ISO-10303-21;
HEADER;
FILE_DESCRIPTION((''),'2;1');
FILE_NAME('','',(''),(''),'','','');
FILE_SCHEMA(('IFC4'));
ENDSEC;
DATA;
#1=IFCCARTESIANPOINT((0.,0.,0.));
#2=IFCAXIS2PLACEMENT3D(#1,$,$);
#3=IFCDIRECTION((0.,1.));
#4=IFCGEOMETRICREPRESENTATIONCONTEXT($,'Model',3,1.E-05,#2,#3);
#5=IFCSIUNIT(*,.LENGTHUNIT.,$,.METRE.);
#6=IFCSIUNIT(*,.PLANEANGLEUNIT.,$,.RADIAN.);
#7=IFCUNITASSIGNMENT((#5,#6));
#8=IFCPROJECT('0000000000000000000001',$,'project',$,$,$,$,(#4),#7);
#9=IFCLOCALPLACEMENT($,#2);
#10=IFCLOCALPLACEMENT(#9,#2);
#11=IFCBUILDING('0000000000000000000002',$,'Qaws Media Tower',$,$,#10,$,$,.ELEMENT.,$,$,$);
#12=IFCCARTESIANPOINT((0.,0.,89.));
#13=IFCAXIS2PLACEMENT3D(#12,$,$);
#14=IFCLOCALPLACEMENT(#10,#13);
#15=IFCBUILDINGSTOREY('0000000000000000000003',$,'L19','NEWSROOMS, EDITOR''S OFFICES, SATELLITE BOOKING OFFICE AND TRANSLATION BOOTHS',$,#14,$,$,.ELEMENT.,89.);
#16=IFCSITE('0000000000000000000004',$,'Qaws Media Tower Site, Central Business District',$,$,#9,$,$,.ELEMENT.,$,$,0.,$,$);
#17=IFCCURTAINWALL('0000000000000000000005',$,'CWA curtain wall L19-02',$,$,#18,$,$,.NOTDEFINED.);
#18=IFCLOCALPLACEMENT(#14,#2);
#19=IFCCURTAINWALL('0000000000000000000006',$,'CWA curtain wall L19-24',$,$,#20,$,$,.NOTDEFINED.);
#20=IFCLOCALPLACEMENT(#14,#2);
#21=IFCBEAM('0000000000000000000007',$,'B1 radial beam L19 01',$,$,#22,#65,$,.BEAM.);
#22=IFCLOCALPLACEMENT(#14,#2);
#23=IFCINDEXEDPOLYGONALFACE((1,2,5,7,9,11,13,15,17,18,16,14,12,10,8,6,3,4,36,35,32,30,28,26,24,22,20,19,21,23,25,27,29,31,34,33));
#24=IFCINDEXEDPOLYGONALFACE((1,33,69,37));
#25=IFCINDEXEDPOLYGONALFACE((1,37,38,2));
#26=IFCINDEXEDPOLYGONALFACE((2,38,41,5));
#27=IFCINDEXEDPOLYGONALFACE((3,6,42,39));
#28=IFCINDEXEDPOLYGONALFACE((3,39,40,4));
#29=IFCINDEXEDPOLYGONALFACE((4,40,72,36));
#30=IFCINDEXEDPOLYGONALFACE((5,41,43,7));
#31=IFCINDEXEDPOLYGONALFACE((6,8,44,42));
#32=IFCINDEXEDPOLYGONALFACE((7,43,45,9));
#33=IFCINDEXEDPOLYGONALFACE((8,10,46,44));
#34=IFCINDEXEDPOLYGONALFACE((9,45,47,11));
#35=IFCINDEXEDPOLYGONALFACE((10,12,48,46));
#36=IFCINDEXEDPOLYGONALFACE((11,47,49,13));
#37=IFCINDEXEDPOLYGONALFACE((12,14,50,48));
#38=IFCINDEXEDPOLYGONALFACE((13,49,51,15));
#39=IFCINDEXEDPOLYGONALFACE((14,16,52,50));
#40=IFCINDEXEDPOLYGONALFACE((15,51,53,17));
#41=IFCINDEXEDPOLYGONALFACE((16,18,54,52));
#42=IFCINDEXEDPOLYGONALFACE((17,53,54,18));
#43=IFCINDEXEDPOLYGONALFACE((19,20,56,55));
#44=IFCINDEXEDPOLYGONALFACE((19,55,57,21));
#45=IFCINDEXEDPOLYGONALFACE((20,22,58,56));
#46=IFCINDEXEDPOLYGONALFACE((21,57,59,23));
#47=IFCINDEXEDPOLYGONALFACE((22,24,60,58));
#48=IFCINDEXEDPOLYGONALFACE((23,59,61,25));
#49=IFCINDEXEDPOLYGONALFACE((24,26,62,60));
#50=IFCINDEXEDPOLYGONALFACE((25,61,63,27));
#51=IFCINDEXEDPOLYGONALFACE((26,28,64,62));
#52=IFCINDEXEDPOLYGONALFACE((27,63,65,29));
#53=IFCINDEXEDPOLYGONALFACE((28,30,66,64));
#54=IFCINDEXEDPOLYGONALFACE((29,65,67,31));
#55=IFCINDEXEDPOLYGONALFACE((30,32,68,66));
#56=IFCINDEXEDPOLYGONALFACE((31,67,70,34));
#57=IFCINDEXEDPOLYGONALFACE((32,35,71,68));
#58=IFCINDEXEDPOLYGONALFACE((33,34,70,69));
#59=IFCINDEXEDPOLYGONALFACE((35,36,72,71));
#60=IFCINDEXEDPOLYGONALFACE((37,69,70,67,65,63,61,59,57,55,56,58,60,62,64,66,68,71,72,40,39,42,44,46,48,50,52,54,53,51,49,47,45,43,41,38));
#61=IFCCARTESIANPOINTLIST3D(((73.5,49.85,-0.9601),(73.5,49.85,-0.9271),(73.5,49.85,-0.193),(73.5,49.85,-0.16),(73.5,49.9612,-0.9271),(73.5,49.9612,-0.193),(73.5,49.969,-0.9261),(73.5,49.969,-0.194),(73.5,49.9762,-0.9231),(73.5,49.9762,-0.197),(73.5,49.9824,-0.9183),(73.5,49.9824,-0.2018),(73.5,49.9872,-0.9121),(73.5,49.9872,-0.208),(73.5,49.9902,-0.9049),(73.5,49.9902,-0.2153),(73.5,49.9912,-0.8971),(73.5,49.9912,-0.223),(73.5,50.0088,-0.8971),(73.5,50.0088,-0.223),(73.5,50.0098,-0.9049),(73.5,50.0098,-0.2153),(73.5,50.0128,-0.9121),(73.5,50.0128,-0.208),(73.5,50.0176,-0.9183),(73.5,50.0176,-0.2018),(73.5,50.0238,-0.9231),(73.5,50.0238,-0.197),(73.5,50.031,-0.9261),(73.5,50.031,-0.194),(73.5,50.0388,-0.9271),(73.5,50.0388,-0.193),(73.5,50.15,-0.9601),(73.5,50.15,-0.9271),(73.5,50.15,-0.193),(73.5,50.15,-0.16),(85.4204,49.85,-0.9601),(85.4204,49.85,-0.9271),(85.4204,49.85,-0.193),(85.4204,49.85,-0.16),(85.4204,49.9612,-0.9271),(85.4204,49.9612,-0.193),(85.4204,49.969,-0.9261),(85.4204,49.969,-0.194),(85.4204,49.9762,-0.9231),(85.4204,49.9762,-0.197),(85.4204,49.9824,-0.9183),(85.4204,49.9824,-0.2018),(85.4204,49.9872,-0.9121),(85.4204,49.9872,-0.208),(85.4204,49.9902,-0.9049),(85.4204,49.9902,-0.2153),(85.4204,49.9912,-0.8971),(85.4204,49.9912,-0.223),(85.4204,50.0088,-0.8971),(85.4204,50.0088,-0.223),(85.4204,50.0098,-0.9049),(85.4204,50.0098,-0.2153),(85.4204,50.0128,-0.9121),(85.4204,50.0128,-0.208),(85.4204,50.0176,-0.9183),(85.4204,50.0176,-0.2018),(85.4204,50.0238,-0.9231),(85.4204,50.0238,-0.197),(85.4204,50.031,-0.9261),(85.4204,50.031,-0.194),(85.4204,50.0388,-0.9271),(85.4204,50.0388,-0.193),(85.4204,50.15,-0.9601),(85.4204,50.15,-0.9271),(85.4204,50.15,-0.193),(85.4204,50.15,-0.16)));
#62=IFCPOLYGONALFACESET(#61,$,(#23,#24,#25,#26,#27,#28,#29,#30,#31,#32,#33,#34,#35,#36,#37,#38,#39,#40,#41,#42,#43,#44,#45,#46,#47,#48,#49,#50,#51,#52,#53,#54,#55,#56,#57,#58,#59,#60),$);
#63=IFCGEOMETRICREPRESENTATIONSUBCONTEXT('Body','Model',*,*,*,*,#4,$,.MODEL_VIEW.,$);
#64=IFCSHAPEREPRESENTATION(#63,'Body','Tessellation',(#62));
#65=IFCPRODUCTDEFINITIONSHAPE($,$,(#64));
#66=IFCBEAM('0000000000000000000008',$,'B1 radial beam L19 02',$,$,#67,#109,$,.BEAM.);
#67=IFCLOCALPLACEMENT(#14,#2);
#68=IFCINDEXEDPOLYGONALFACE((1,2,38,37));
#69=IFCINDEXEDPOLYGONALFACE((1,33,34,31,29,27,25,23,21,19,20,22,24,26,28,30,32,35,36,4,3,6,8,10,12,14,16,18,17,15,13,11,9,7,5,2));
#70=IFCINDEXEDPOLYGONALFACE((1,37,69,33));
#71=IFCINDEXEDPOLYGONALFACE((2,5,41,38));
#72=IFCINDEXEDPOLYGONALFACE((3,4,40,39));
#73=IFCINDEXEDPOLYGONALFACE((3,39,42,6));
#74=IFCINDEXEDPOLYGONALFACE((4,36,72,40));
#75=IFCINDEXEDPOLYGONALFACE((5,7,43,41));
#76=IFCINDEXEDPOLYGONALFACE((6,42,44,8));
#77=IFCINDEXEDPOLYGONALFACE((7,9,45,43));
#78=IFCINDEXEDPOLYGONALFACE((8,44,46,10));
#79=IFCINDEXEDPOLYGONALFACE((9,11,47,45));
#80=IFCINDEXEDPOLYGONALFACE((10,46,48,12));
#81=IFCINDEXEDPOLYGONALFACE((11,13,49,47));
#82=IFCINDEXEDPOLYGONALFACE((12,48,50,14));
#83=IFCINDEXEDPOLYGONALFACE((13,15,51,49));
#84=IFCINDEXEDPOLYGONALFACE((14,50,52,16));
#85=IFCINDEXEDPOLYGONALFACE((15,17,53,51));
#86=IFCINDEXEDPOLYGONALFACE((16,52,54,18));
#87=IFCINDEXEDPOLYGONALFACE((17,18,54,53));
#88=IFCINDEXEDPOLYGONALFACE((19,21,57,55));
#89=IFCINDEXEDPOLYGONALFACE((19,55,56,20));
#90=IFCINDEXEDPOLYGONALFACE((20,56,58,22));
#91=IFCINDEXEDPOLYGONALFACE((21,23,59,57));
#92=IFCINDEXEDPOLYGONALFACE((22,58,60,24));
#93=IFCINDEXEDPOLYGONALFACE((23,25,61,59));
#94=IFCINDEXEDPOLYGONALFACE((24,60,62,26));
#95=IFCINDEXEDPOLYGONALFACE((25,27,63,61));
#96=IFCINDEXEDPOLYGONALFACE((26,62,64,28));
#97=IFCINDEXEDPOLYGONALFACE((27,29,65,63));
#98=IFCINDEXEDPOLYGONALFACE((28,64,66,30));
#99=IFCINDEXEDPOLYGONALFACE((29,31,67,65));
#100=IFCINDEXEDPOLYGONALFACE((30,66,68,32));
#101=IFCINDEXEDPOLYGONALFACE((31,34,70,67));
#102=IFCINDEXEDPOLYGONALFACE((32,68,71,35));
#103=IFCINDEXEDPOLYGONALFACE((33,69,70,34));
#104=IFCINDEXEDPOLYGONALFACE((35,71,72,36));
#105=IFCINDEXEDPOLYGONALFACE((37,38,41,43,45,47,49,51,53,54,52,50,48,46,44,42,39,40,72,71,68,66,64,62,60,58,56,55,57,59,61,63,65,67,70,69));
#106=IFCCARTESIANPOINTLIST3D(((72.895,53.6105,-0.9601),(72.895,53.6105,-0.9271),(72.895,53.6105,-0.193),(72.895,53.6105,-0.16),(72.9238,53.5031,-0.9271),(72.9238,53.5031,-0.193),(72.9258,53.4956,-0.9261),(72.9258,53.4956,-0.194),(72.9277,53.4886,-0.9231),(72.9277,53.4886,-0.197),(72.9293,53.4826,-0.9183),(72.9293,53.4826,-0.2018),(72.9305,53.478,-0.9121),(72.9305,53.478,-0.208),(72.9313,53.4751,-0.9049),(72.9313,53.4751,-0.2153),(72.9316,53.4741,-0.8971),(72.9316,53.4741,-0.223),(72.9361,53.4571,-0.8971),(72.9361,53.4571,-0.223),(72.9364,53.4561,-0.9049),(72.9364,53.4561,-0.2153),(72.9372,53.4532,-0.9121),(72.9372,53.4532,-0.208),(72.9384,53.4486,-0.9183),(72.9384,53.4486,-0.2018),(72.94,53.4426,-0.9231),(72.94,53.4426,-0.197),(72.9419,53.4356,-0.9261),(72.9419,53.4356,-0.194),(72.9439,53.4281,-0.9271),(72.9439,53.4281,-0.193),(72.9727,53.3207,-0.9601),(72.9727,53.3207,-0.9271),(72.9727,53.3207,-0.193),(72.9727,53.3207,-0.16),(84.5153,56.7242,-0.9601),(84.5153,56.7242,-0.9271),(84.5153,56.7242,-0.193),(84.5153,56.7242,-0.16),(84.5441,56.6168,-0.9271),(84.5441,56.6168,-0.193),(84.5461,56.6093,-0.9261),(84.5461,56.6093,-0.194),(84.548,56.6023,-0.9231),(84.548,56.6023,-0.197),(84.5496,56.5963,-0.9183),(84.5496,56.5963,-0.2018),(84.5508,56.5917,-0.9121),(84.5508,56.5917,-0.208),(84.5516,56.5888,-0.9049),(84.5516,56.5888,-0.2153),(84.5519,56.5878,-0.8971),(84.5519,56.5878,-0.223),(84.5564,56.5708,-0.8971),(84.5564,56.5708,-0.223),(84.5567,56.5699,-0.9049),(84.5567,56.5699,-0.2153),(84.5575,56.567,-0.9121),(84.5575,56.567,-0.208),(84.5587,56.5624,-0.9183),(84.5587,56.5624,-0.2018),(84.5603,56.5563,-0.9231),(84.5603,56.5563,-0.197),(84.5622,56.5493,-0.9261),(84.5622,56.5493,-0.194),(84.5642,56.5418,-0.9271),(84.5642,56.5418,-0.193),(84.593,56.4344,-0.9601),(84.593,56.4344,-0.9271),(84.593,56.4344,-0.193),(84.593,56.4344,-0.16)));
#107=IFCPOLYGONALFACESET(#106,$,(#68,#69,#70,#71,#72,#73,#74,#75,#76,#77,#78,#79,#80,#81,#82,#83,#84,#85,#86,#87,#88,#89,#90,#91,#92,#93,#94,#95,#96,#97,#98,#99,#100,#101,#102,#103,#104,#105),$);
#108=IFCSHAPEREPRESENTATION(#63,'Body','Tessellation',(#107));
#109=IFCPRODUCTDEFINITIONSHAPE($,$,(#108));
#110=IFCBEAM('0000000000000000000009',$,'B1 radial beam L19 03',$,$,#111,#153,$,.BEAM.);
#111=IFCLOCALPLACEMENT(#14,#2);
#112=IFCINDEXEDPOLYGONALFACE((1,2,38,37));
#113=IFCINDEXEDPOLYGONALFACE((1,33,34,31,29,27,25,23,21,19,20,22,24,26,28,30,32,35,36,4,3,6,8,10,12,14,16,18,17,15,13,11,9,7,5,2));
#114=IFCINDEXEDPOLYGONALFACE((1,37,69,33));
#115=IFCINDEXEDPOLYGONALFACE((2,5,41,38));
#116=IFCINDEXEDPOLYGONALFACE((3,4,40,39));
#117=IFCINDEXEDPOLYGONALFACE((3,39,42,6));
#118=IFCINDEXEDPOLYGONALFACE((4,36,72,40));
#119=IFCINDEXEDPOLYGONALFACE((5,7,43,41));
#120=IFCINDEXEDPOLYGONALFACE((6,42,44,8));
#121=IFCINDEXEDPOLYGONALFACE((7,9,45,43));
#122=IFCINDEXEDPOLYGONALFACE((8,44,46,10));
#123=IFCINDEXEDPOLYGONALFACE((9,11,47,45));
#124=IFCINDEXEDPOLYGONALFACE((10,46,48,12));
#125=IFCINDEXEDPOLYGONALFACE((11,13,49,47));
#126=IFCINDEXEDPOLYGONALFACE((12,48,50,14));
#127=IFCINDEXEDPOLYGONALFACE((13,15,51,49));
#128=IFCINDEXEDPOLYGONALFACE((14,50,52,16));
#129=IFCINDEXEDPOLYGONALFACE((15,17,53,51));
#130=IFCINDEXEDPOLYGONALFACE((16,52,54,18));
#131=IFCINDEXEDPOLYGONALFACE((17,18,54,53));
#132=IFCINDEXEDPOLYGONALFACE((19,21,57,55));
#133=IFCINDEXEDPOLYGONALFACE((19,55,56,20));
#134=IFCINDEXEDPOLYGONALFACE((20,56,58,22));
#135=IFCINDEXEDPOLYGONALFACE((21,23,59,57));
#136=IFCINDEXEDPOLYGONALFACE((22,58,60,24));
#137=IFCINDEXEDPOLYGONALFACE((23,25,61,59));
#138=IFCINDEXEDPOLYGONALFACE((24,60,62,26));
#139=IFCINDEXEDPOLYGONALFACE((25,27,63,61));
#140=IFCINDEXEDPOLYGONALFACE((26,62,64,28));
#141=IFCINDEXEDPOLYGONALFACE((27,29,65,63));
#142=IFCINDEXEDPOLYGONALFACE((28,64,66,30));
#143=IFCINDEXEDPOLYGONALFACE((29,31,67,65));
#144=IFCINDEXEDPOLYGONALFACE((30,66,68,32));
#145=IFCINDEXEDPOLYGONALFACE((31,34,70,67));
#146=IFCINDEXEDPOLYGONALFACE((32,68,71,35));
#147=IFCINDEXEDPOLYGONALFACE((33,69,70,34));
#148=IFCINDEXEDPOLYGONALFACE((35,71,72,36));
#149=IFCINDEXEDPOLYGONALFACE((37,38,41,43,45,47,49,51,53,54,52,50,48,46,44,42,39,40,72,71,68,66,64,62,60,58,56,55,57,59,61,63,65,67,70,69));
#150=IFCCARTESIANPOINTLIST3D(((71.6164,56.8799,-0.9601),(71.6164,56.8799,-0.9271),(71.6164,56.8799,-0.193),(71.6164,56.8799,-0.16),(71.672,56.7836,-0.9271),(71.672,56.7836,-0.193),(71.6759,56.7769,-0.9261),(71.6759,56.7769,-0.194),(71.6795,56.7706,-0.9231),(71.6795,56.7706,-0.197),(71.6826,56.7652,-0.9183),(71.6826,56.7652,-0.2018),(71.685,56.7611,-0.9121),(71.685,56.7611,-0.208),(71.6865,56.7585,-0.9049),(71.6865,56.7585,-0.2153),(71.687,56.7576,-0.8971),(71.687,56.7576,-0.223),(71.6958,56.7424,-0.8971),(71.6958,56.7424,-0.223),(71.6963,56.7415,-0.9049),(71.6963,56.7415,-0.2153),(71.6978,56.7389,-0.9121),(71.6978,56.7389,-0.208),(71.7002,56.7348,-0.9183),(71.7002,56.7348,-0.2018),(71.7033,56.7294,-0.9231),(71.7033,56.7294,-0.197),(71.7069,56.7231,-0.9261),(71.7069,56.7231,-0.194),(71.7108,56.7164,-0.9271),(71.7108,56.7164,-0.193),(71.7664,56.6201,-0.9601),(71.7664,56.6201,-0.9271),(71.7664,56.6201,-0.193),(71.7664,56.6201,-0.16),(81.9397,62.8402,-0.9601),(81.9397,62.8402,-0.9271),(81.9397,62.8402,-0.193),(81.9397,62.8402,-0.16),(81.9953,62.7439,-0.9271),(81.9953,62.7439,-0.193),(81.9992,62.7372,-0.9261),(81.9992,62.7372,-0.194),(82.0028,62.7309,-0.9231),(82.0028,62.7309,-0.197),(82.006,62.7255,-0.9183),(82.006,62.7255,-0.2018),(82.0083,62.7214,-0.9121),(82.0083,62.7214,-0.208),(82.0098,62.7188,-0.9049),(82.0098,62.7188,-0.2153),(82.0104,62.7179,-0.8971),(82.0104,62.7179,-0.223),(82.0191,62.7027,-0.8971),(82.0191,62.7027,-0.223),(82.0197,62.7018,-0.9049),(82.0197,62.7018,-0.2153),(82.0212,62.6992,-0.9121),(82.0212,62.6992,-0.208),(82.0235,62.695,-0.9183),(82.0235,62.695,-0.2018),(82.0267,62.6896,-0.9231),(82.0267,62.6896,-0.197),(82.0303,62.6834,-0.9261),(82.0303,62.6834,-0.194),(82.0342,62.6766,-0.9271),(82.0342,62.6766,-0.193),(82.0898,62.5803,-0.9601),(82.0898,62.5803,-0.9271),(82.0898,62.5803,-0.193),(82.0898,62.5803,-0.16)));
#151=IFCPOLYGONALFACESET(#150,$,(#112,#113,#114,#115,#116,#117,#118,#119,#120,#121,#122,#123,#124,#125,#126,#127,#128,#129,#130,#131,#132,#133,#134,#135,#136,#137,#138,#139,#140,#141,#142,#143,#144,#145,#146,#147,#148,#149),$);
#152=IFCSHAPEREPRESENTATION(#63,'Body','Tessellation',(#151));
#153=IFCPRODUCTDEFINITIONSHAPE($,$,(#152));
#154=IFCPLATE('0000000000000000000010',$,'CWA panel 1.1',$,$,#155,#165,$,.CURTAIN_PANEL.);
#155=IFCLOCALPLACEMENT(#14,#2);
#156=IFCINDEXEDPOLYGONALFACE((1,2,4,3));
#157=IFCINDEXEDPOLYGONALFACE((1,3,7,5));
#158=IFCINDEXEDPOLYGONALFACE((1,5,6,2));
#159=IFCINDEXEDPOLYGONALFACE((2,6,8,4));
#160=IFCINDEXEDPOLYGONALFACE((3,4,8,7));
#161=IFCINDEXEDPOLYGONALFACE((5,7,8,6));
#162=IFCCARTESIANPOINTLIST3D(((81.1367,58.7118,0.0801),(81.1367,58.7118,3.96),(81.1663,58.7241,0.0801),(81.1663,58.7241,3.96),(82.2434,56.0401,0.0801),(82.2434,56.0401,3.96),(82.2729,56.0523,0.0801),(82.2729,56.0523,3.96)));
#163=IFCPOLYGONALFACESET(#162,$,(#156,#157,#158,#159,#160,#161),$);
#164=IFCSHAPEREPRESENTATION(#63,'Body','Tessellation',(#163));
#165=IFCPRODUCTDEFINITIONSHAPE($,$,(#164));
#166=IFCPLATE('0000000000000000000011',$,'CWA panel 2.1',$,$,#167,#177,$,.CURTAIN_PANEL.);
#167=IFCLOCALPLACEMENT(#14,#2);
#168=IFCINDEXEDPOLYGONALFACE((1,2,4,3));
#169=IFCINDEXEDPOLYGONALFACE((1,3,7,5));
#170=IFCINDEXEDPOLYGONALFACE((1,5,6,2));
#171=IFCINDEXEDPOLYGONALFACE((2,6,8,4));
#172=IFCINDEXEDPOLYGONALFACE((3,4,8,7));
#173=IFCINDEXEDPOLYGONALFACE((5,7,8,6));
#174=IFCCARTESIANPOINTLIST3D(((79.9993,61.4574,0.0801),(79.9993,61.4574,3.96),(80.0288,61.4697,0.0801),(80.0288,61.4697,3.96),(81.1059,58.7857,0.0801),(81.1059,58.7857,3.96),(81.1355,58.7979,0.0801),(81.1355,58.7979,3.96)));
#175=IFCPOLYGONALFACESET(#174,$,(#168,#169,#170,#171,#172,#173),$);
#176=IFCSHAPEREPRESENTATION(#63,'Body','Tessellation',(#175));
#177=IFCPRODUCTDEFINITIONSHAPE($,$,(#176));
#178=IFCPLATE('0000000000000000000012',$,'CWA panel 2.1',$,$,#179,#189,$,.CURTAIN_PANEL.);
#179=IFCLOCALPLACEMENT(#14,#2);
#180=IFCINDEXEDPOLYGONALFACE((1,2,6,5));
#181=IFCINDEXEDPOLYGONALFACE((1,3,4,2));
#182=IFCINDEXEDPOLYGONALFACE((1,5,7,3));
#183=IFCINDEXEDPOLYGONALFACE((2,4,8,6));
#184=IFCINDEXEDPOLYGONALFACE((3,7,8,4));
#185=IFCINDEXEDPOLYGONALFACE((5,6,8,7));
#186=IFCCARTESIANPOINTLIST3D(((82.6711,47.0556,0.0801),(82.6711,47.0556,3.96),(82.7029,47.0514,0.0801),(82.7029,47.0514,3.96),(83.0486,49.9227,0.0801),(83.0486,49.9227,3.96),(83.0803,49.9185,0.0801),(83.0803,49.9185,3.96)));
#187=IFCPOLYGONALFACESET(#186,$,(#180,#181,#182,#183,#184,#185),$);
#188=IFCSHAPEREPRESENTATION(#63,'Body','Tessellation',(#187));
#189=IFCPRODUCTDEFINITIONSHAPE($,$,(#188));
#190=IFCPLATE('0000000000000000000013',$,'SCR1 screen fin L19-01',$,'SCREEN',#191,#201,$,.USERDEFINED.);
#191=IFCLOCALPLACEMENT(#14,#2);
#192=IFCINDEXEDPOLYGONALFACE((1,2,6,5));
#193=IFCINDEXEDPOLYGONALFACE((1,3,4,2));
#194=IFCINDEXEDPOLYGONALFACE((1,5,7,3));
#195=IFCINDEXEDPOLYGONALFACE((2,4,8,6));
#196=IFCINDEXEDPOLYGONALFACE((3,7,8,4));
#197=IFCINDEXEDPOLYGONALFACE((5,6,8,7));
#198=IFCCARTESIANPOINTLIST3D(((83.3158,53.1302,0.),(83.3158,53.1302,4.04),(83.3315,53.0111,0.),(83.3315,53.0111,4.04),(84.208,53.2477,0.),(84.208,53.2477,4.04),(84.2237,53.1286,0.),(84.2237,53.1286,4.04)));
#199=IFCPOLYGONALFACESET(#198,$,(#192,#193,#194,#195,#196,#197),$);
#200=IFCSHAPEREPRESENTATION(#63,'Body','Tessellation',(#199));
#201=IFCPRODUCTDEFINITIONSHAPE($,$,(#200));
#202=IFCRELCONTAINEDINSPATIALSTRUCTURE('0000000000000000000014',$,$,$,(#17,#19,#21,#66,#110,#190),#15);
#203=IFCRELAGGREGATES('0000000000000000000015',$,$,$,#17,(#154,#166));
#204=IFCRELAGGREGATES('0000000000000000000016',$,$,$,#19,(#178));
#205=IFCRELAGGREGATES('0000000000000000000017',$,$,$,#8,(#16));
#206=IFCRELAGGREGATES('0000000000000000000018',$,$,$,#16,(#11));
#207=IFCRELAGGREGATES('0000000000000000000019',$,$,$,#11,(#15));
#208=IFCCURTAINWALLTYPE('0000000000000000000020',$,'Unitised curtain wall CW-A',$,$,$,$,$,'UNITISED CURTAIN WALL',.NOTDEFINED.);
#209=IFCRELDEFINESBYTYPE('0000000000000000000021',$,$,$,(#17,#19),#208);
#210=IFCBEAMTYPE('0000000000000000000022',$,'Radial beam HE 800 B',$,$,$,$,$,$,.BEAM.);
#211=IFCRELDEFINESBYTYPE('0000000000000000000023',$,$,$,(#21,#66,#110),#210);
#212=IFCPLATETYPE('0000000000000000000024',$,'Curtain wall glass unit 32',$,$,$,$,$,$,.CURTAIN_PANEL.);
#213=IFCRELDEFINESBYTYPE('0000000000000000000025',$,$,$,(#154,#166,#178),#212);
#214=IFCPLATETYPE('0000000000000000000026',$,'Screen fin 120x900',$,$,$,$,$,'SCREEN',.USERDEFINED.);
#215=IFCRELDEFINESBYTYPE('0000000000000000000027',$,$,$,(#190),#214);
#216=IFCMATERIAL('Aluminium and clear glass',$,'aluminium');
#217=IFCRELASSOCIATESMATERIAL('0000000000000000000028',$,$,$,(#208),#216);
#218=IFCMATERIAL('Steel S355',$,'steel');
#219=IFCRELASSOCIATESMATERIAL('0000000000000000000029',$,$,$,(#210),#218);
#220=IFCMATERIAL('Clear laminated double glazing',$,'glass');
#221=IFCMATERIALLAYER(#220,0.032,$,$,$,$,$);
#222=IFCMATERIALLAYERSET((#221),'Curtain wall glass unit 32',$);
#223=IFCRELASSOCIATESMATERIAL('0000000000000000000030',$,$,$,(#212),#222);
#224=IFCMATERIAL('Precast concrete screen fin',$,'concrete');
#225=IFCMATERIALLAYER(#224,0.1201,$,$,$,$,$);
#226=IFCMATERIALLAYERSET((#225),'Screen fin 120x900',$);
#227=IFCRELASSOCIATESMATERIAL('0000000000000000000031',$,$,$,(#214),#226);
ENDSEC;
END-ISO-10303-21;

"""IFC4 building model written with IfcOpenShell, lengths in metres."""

from ifc_helpers import new_model, si_unit, direction, frame, origin, origin_2d, place, context, subcontext, project, spatial, rectangle, i_section, extrude, material, layer, layer_set, material_profile, profile_set, type_object, element, aggregate, save


model = new_model("IFC4")

# Units and contexts
model_context = context("Model", 3, precision=1e-05, world=origin(), true_north=direction((0.0, 1.0)))
body_context = subcontext(model_context, "Body", "Model", "MODEL_VIEW")
ifc_project = project(units=[si_unit("LENGTHUNIT", "METRE"), si_unit("PLANEANGLEUNIT", "RADIAN")], contexts=[model_context])

# Site, building, storey
site_placement = place(None, origin())
site = spatial("IfcSite", under=ifc_project, at=site_placement, Name="Qaws Media Tower Site, Central Business District", CompositionType="ELEMENT", RefElevation=0.0)
building_placement = place(site_placement, origin())
building = spatial("IfcBuilding", under=site, at=building_placement, Name="Qaws Media Tower", CompositionType="ELEMENT")
storey_placement = place(building_placement, frame((0.0, 0.0, 89.0)))
storey = spatial("IfcBuildingStorey", under=building, at=storey_placement, Name="L19", Description="NEWSROOMS, EDITOR'S OFFICES, SATELLITE BOOKING OFFICE AND TRANSLATION BOOTHS", CompositionType="ELEMENT", Elevation=89.0)

# Curtain wall
ifc_material_1 = material(Name="Aluminium and clear glass", Category="aluminium")
curtain_wall_type = type_object("IfcCurtainWallType", Name="Unitised curtain wall CW-A", ElementType="UNITISED CURTAIN WALL", PredefinedType="NOTDEFINED", material=ifc_material_1)
curtain_wall_1_placement = place(storey_placement, origin())
curtain_wall_1 = element("IfcCurtainWall", 1, at=curtain_wall_1_placement, inside=storey, type_object=curtain_wall_type, Name="CWA curtain wall L19-02", PredefinedType="NOTDEFINED")

# Curtain wall
curtain_wall_2_placement = place(storey_placement, origin())
curtain_wall_2 = element("IfcCurtainWall", 2, at=curtain_wall_2_placement, inside=storey, type_object=curtain_wall_type, Name="CWA curtain wall L19-24", PredefinedType="NOTDEFINED")

# Beams
ifc_material_2 = material(Name="Steel S355", Category="steel")
ifc_material_profile_1 = material_profile(ifc_material_2, i_section(OverallWidth=0.3, OverallDepth=0.8, WebThickness=0.0176, FlangeThickness=0.033, FilletRadius=0.03, at=origin_2d()), Name="HE 800 B")
ifc_profile_set_1 = profile_set([ifc_material_profile_1], Name="Steel S355")
beam_type_1 = type_object("IfcBeamType", Name="Radial beam HE 800 B", PredefinedType="BEAM", material=ifc_profile_set_1)
beam_1_placement = place(storey_placement, frame((73.5, 50.0, -0.5601), z_axis=(1.0, 0.0, 0.0), x_axis=(0.0, 1.0, 0.0)))
element("IfcBeam", 3, at=beam_1_placement, inside=storey, type_object=beam_type_1, Name="B1 radial beam L19 01", PredefinedType="BEAM", context=body_context, shape_type="SweptSolid", body=[
    extrude(i_section(OverallWidth=0.3, OverallDepth=0.8, WebThickness=0.0176, FlangeThickness=0.033, FilletRadius=0.03, at=origin_2d()), origin(), (0.0, 0.0, 1.0), 11.9204),
])
beam_2_placement = place(storey_placement, frame((72.9338, 53.4656, -0.5601), z_axis=(0.965924, 0.258827, 0.0), x_axis=(-0.258827, 0.965924, 0.0)))
element("IfcBeam", 4, at=beam_2_placement, inside=storey, type_object=beam_type_1, Name="B1 radial beam L19 02", PredefinedType="BEAM", context=body_context, shape_type="SweptSolid", body=[
    extrude(i_section(OverallWidth=0.3, OverallDepth=0.8, WebThickness=0.0176, FlangeThickness=0.033, FilletRadius=0.03, at=origin_2d()), origin(), (0.0, 0.0, 1.0), 12.0303),
])
beam_3_placement = place(storey_placement, frame((71.6914, 56.75, -0.5601), z_axis=(0.866023, 0.500005, 0.0), x_axis=(-0.500005, 0.866023, 0.0)))
element("IfcBeam", 5, at=beam_3_placement, inside=storey, type_object=beam_type_1, Name="B1 radial beam L19 03", PredefinedType="BEAM", context=body_context, shape_type="SweptSolid", body=[
    extrude(i_section(OverallWidth=0.3, OverallDepth=0.8, WebThickness=0.0176, FlangeThickness=0.033, FilletRadius=0.03, at=origin_2d()), origin(), (0.0, 0.0, 1.0), 11.9204),
])

# Plates
ifc_material_3 = material(Name="Clear laminated double glazing", Category="glass")
ifc_layer_1 = layer(ifc_material_3, 0.032)
ifc_layer_set_1 = layer_set([ifc_layer_1], Name="Curtain wall glass unit 32")
plate_type_1 = type_object("IfcPlateType", Name="Curtain wall glass unit 32", PredefinedType="CURTAIN_PANEL", material=ifc_layer_set_1)
plate_1_placement = place(storey_placement, frame((81.7048, 57.3821, 0.0801), z_axis=(0.0, 0.0, 1.0), x_axis=(-0.382683, 0.92388, 0.0)))
plate_1 = element("IfcPlate", 6, at=plate_1_placement, type_object=plate_type_1, Name="CWA panel 1.1", PredefinedType="CURTAIN_PANEL", context=body_context, shape_type="SweptSolid", body=[
    extrude(rectangle(XDim=2.8918, YDim=0.032, at=origin_2d()), origin(), (0.0, 0.0, 1.0), 3.8799),
])
plate_2_placement = place(storey_placement, frame((80.5674, 60.1277, 0.0801), z_axis=(0.0, 0.0, 1.0), x_axis=(-0.382683, 0.92388, 0.0)))
plate_2 = element("IfcPlate", 7, at=plate_2_placement, type_object=plate_type_1, Name="CWA panel 2.1", PredefinedType="CURTAIN_PANEL", context=body_context, shape_type="SweptSolid", body=[
    extrude(rectangle(XDim=2.8918, YDim=0.032, at=origin_2d()), origin(), (0.0, 0.0, 1.0), 3.8799),
])
aggregate(curtain_wall_1, [plate_1, plate_2])
plate_3_placement = place(storey_placement, frame((82.8757, 48.4871, 0.0801), z_axis=(0.0, 0.0, 1.0), x_axis=(0.130526, 0.991445, 0.0)))
plate_3 = element("IfcPlate", 8, at=plate_3_placement, type_object=plate_type_1, Name="CWA panel 2.1", PredefinedType="CURTAIN_PANEL", context=body_context, shape_type="SweptSolid", body=[
    extrude(rectangle(XDim=2.8918, YDim=0.032, at=origin_2d()), origin(), (0.0, 0.0, 1.0), 3.8799),
])
aggregate(curtain_wall_2, [plate_3])
ifc_material_4 = material(Name="Precast concrete screen fin", Category="concrete")
ifc_layer_2 = layer(ifc_material_4, 0.1201)
ifc_layer_set_2 = layer_set([ifc_layer_2], Name="Screen fin 120x900")
plate_type_2 = type_object("IfcPlateType", Name="Screen fin 120x900", ElementType="SCREEN", PredefinedType="USERDEFINED", material=ifc_layer_set_2)
plate_4_placement = place(storey_placement, frame((83.7698, 53.1294, 0.0), z_axis=(0.0, 0.0, 1.0), x_axis=(0.991445, 0.130526, 0.0)))
element("IfcPlate", 9, at=plate_4_placement, inside=storey, type_object=plate_type_2, Name="SCR1 screen fin L19-01", ObjectType="SCREEN", PredefinedType="USERDEFINED", context=body_context, shape_type="SweptSolid", body=[
    extrude(rectangle(XDim=0.8999, YDim=0.1201, at=origin_2d()), origin(), (0.0, 0.0, 1.0), 4.04),
])

save(model, "model.ifc")
